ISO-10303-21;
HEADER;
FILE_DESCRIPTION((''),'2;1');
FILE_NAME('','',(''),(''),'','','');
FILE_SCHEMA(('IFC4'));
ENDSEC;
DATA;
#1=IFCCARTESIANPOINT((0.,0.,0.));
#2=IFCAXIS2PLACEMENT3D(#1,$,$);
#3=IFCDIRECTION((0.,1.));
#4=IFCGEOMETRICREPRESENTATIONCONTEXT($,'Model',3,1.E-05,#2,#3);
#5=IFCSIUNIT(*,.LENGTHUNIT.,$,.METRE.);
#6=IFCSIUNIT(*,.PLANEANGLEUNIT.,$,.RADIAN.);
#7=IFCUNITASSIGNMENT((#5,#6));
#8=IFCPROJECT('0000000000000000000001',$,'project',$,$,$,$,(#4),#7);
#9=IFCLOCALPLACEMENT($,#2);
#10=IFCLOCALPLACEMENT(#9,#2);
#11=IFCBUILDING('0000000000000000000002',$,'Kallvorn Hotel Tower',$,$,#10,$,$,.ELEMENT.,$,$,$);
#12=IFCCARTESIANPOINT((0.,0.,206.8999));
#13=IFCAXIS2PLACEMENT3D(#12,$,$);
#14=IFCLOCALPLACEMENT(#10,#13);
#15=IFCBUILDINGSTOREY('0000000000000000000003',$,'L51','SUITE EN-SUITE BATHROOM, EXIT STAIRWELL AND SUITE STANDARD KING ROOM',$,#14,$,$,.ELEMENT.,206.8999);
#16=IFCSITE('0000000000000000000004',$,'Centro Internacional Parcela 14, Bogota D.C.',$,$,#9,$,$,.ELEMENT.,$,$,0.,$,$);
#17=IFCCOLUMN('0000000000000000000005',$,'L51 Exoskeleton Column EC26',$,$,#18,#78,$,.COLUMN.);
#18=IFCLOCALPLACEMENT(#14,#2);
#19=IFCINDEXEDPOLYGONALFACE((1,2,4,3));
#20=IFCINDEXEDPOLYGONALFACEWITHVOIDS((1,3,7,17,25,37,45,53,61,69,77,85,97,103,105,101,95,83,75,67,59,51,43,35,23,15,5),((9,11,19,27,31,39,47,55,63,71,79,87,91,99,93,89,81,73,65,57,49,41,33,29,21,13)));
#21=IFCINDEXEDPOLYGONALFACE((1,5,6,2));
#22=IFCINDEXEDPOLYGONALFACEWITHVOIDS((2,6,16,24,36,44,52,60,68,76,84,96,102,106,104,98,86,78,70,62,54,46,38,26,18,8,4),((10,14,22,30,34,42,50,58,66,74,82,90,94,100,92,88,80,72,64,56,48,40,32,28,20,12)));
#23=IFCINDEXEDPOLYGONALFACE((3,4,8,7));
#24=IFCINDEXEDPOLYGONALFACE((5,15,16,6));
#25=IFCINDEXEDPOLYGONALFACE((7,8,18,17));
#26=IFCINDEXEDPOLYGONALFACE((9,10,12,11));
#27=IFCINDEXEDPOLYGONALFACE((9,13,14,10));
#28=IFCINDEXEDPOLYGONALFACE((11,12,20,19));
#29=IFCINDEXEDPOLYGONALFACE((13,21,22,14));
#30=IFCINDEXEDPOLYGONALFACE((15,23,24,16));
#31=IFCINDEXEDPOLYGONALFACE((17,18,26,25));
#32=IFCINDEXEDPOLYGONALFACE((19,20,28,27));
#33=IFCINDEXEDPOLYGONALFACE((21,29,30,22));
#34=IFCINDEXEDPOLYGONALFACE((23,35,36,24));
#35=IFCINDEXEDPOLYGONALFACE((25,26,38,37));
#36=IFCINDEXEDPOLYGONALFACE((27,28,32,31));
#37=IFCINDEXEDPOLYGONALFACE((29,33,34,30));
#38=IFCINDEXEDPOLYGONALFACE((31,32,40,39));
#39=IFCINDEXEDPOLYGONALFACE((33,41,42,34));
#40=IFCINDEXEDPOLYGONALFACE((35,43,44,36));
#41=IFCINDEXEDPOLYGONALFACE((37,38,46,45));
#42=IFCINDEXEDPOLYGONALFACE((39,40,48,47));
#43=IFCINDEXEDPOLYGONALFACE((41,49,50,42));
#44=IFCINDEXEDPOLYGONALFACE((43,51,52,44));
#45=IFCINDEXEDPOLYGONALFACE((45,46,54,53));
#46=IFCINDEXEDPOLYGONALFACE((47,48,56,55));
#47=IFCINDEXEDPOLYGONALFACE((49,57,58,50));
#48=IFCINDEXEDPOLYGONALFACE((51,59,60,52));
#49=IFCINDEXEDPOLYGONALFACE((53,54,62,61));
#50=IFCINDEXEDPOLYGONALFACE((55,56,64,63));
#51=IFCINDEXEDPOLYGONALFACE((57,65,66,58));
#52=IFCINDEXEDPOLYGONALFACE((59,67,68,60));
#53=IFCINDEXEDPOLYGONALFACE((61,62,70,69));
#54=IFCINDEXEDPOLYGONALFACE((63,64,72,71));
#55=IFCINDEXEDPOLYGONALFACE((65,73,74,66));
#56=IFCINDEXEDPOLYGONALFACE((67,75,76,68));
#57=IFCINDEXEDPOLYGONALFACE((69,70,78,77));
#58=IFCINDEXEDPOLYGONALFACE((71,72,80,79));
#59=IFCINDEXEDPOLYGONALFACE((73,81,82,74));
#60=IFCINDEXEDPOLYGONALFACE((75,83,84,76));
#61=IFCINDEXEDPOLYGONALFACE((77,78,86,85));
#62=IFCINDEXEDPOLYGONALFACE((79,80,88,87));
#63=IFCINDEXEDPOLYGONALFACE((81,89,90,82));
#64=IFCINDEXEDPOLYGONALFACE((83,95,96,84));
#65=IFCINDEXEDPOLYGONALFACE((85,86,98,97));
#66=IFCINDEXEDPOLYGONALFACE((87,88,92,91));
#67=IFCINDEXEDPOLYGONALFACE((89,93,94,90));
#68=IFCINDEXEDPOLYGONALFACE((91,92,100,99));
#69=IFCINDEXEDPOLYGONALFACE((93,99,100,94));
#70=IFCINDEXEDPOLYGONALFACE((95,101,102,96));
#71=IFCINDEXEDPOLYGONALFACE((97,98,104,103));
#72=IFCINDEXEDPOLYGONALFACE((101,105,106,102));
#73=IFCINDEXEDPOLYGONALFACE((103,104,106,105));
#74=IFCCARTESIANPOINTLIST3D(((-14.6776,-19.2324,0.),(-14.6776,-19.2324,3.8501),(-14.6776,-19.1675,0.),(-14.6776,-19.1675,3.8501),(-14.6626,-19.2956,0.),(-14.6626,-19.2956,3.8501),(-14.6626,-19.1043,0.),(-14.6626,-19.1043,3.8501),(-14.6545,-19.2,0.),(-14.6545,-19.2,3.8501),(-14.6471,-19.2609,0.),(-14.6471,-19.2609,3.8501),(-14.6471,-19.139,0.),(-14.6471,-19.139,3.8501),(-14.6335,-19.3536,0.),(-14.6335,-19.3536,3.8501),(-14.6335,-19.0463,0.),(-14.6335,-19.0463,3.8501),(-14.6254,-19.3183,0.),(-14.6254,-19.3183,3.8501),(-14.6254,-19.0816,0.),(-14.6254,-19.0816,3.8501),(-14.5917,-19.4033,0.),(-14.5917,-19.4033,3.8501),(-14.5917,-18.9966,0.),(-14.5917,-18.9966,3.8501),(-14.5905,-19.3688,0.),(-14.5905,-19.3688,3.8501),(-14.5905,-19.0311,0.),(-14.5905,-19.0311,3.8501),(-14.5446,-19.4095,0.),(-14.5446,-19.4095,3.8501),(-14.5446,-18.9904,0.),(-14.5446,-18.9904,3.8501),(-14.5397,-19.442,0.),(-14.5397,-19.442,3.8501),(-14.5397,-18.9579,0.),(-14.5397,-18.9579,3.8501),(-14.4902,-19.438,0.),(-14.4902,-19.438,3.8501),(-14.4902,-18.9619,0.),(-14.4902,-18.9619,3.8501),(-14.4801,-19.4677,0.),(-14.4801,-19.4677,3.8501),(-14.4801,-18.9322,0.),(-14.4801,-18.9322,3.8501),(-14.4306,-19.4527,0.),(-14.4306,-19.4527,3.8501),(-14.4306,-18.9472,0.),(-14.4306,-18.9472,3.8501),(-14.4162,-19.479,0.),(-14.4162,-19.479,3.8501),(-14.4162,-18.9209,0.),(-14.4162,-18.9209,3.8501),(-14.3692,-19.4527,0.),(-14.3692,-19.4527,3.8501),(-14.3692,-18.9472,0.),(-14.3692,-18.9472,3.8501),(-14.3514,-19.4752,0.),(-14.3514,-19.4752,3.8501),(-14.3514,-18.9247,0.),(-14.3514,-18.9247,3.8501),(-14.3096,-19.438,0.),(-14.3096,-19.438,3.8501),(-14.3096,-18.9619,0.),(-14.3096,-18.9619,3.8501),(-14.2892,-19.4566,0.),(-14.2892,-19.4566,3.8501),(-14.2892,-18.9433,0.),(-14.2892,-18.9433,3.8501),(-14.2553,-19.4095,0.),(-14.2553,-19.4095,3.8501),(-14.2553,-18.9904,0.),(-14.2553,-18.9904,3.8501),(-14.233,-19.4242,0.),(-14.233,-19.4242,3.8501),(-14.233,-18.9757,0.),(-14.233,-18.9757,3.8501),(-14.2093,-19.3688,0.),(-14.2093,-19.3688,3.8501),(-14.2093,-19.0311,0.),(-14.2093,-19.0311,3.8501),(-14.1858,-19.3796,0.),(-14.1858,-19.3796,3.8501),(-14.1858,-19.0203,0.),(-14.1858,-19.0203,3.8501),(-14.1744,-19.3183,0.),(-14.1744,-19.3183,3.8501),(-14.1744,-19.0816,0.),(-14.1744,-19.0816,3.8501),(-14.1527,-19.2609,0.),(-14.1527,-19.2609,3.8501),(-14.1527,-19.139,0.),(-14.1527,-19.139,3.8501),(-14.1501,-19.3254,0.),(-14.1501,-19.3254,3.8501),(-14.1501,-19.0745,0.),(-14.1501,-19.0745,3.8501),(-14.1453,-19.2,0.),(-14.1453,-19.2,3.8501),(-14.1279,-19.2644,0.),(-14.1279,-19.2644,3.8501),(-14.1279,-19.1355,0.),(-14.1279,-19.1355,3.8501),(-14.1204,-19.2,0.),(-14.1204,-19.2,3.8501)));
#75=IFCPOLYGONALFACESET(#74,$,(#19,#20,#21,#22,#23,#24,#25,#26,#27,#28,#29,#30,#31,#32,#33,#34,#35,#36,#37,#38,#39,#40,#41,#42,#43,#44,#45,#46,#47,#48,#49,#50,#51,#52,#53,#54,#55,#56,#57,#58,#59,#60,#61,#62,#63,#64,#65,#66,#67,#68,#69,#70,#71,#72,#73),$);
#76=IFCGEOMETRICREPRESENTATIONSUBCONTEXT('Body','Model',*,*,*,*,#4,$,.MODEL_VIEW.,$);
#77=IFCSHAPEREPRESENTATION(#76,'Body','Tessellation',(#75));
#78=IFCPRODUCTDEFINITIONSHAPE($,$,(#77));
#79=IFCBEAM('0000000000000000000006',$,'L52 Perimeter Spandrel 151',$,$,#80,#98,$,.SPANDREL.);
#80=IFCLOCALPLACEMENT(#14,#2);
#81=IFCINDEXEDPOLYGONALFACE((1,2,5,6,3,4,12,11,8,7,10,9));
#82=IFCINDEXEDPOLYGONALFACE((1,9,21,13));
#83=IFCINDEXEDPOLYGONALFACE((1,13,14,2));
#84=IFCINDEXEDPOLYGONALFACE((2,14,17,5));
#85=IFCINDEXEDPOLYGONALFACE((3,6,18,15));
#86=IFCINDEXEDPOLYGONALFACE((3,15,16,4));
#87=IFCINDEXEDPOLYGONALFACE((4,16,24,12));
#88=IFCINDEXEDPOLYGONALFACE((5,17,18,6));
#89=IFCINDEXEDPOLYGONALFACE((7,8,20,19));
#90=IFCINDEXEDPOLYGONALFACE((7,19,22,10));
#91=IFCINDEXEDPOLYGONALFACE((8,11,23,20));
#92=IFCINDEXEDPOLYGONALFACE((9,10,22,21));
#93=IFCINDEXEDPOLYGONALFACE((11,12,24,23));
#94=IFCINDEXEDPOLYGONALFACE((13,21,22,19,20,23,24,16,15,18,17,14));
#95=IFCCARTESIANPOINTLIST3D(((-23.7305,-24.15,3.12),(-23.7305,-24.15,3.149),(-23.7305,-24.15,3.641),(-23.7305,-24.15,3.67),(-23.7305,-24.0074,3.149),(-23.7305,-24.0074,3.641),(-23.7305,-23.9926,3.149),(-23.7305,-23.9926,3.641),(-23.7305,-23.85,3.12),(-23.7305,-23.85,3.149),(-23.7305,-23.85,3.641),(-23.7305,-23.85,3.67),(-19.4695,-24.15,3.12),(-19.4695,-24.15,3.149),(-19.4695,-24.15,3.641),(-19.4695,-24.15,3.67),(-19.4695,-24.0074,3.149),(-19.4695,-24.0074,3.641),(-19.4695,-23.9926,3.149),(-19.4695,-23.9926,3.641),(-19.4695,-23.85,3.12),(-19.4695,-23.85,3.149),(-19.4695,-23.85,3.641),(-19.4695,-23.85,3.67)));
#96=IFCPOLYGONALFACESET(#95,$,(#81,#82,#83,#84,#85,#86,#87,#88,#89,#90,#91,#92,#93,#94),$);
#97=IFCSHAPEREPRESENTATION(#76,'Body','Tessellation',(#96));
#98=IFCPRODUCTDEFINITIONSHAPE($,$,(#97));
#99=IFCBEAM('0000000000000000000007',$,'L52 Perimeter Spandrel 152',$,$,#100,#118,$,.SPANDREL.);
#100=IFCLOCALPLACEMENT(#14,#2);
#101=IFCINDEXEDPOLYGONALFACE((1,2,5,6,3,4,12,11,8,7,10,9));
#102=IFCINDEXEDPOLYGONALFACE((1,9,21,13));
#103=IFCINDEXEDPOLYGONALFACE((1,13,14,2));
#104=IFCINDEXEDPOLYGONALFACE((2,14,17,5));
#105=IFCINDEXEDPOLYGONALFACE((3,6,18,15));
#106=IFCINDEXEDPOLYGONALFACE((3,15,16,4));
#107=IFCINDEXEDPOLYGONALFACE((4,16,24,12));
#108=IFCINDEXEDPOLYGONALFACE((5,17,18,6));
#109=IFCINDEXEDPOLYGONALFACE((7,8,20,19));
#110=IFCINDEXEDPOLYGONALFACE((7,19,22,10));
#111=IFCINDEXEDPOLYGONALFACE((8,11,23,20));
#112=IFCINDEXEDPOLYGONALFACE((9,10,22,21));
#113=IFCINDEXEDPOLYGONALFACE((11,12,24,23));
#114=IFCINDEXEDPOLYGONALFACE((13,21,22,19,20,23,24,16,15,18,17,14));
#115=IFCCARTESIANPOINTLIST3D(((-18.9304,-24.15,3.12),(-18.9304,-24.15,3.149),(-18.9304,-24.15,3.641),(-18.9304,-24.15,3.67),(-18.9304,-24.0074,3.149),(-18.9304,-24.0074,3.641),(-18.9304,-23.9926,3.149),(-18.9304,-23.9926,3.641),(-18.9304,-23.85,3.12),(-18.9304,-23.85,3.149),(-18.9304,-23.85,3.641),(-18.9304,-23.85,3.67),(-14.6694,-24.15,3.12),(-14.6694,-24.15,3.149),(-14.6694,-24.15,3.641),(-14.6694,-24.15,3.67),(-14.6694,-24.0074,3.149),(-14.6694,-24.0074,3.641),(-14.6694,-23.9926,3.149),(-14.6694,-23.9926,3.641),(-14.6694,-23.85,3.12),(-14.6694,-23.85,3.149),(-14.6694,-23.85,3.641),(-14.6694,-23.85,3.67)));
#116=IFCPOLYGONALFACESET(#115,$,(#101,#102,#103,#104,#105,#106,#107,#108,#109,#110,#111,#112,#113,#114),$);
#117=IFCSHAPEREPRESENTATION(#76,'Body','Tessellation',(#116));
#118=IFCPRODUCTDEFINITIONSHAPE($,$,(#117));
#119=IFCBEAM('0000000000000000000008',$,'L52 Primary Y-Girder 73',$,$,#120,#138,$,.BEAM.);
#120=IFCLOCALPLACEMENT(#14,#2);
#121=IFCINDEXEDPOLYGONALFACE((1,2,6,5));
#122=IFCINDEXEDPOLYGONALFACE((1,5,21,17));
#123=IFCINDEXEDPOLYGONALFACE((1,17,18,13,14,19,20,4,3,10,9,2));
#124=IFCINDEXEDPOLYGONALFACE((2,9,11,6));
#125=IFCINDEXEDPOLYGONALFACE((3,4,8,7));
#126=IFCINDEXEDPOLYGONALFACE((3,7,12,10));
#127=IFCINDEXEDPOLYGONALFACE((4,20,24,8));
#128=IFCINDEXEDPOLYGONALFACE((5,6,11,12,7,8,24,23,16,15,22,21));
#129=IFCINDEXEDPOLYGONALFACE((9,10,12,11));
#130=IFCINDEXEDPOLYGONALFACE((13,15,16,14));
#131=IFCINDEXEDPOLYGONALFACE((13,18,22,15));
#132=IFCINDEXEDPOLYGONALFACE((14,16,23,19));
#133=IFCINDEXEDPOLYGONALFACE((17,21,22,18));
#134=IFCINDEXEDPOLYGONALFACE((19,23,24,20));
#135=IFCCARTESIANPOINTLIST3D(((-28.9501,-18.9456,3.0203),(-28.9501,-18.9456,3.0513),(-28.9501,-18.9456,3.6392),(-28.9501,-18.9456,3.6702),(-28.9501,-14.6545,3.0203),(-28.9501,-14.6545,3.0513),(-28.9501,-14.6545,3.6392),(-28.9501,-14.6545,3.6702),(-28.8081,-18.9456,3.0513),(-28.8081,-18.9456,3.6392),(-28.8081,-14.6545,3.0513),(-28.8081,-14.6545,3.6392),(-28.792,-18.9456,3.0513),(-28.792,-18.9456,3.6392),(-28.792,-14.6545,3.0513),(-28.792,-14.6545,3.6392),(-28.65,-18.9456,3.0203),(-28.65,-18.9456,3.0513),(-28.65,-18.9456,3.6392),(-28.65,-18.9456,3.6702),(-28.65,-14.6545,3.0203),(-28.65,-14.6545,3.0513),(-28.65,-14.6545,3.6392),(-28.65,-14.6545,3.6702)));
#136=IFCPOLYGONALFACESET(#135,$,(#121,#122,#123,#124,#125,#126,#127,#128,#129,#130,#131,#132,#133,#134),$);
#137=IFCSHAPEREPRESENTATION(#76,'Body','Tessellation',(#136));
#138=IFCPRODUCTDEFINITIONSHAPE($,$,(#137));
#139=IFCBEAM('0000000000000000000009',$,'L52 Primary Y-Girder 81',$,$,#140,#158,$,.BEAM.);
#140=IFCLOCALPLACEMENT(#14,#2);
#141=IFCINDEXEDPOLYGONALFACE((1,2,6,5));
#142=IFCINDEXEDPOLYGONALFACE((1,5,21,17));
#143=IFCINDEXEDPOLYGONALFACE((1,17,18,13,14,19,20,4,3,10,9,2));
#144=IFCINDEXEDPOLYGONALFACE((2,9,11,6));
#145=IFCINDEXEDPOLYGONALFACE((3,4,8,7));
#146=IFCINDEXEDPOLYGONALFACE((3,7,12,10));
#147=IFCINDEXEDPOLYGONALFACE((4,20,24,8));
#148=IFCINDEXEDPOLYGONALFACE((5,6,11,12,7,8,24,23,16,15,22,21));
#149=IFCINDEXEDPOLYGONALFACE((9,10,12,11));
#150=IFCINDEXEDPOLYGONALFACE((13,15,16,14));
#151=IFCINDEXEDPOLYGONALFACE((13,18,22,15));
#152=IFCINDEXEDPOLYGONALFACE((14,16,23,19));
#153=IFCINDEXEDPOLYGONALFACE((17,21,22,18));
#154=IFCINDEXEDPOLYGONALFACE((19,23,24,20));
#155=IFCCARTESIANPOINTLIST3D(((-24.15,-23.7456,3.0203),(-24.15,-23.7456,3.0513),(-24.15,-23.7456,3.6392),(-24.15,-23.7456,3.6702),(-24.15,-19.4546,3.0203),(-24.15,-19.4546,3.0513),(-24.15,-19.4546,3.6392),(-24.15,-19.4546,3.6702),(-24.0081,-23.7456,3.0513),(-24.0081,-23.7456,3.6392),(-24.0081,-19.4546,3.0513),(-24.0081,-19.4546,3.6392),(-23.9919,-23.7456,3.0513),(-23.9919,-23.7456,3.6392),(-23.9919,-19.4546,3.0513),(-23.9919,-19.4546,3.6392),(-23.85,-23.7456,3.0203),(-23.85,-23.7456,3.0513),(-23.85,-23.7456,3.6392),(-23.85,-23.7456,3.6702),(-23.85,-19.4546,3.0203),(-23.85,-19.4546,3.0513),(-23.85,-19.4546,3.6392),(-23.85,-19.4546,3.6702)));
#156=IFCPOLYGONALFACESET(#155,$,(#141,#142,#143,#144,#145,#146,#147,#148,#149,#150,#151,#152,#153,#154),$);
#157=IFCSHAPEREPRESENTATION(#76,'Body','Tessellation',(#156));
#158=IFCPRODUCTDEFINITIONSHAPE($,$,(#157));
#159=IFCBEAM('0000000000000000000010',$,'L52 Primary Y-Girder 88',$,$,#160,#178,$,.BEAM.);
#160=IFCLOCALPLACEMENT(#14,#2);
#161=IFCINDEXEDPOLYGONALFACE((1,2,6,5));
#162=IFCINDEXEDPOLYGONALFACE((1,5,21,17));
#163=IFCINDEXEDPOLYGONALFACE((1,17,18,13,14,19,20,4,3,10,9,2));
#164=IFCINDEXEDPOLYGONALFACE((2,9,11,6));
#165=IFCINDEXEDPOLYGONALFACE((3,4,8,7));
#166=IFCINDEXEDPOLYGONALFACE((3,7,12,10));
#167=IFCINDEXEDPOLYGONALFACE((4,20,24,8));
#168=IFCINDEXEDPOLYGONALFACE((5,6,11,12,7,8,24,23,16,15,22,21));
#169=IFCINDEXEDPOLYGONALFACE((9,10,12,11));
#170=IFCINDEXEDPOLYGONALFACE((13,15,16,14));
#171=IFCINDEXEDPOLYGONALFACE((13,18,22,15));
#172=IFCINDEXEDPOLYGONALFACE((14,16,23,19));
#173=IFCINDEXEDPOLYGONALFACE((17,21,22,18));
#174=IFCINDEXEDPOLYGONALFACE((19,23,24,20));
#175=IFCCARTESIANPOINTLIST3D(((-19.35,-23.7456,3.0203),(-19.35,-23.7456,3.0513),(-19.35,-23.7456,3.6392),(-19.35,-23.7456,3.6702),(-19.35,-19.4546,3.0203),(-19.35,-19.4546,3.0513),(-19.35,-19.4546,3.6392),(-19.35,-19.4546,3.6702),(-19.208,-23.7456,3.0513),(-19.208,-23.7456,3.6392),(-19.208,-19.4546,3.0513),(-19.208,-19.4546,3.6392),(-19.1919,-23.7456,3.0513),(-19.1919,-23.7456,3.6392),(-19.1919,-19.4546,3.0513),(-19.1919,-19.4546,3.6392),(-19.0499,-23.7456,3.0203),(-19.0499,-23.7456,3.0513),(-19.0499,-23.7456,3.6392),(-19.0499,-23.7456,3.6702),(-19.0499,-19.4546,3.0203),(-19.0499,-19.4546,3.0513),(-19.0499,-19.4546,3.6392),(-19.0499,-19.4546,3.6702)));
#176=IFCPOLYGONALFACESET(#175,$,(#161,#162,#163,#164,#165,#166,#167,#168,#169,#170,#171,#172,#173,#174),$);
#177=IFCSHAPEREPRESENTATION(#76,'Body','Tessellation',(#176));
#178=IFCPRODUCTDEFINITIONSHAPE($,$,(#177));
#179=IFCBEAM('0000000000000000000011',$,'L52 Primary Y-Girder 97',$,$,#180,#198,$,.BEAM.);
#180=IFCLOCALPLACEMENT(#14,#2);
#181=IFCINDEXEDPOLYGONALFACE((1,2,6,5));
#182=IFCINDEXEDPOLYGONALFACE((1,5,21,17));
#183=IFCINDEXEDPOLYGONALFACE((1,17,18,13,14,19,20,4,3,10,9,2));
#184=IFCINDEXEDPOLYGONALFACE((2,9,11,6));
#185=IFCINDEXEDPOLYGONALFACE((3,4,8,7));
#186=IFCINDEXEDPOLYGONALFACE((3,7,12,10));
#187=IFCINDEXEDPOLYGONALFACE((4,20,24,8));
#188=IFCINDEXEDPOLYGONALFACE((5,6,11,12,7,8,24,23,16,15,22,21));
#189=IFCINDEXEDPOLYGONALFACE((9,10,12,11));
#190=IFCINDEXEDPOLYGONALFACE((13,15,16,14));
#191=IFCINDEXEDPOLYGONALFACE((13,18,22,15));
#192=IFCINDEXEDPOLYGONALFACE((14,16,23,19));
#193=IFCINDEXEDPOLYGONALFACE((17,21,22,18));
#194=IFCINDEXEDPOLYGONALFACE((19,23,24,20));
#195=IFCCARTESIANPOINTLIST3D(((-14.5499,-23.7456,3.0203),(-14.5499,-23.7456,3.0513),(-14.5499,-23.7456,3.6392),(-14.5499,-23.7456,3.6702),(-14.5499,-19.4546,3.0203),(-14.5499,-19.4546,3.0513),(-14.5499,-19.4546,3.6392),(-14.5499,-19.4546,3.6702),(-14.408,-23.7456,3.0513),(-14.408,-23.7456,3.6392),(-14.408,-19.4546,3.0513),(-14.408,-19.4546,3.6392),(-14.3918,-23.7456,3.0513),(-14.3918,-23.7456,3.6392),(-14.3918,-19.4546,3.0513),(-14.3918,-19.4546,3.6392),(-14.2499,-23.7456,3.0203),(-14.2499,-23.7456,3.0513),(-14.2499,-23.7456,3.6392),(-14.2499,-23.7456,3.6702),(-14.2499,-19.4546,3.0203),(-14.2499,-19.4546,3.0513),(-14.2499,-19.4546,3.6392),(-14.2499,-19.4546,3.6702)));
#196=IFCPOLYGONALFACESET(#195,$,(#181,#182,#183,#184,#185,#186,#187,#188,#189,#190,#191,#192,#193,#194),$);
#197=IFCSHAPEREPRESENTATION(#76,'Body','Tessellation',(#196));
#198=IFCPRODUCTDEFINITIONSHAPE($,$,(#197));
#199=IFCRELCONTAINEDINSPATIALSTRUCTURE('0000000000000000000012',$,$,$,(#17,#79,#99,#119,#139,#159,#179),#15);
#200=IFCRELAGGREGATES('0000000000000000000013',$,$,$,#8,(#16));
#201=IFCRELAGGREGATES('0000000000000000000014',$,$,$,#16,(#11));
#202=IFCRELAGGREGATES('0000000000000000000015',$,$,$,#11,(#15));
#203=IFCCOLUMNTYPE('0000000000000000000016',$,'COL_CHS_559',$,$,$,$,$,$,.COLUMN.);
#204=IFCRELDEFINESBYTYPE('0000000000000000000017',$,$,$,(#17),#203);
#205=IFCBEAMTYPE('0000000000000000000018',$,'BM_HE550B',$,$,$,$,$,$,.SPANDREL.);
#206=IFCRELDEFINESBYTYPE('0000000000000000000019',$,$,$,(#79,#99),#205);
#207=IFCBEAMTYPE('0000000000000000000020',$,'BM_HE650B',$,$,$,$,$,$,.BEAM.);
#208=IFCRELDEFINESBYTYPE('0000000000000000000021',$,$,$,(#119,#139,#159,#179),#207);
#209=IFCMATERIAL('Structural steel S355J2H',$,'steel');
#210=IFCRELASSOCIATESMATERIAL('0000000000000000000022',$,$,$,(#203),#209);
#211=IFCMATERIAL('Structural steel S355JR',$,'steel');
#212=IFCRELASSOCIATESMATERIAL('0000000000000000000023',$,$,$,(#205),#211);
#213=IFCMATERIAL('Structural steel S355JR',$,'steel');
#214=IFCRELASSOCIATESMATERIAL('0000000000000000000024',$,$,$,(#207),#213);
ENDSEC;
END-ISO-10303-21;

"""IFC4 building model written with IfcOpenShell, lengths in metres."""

from ifc_helpers import new_model, si_unit, direction, frame, origin, origin_2d, place, context, subcontext, project, spatial, hollow_circle, i_section, extrude, material, material_profile, profile_set, type_object, element, save


model = new_model("IFC4")

# Units and contexts
model_context = context("Model", 3, precision=1e-05, world=origin(), true_north=direction((0.0, 1.0)))
body_context = subcontext(model_context, "Body", "Model", "MODEL_VIEW")
ifc_project = project(units=[si_unit("LENGTHUNIT", "METRE"), si_unit("PLANEANGLEUNIT", "RADIAN")], contexts=[model_context])

# Site, building, storey
site_placement = place(None, origin())
site = spatial("IfcSite", under=ifc_project, at=site_placement, Name="Centro Internacional Parcela 14, Bogota D.C.", CompositionType="ELEMENT", RefElevation=0.0)
building_placement = place(site_placement, origin())
building = spatial("IfcBuilding", under=site, at=building_placement, Name="Kallvorn Hotel Tower", CompositionType="ELEMENT")
storey_placement = place(building_placement, frame((0.0, 0.0, 206.8999)))
storey = spatial("IfcBuildingStorey", under=building, at=storey_placement, Name="L51", Description="SUITE EN-SUITE BATHROOM, EXIT STAIRWELL AND SUITE STANDARD KING ROOM", CompositionType="ELEMENT", Elevation=206.8999)

# Column
ifc_material_1 = material(Name="Structural steel S355J2H", Category="steel")
ifc_material_profile_1 = material_profile(ifc_material_1, hollow_circle(Radius=0.2795, WallThickness=0.0249, at=origin_2d()), Name="CHS 559x25")
ifc_profile_set_1 = profile_set([ifc_material_profile_1], Name="Structural steel S355J2H")
column_type = type_object("IfcColumnType", Name="COL_CHS_559", PredefinedType="COLUMN", material=ifc_profile_set_1)
for number, where, z_axis, x_axis, name in (
    (1, (-14.3999, -19.2, 0.0), (0.0, 0.0, 1.0), (1.0, 0.0, 0.0), "L51 Exoskeleton Column EC26"),
):
    element("IfcColumn", number, at=place(storey_placement, frame(where, z_axis=z_axis, x_axis=x_axis)), inside=storey, type_object=column_type, Name=name, PredefinedType="COLUMN", context=body_context, shape_type="SweptSolid", body=[
        extrude(hollow_circle(Radius=0.2795, WallThickness=0.0249, at=origin_2d()), origin(), (0.0, 0.0, 1.0), 3.8501),
    ])

# Beams
ifc_material_2 = material(Name="Structural steel S355JR", Category="steel")
ifc_material_profile_2 = material_profile(ifc_material_2, i_section(OverallWidth=0.3, OverallDepth=0.55, WebThickness=0.0149, FlangeThickness=0.0291, at=origin_2d()), Name="HE 550 B")
ifc_profile_set_2 = profile_set([ifc_material_profile_2], Name="Structural steel S355JR")
beam_type_1 = type_object("IfcBeamType", Name="BM_HE550B", PredefinedType="SPANDREL", material=ifc_profile_set_2)
for number, where, z_axis, x_axis, name in (
    (2, (-23.7305, -24.0, 3.395), (1.0, 0.0, 0.0), (0.0, 1.0, 0.0), "L52 Perimeter Spandrel 151"),
    (3, (-18.9304, -24.0, 3.395), (1.0, 0.0, 0.0), (0.0, 1.0, 0.0), "L52 Perimeter Spandrel 152"),
):
    element("IfcBeam", number, at=place(storey_placement, frame(where, z_axis=z_axis, x_axis=x_axis)), inside=storey, type_object=beam_type_1, Name=name, PredefinedType="SPANDREL", context=body_context, shape_type="SweptSolid", body=[
        extrude(i_section(OverallWidth=0.3, OverallDepth=0.55, WebThickness=0.0149, FlangeThickness=0.0291, at=origin_2d()), origin(), (0.0, 0.0, 1.0), 4.261),
    ])
ifc_material_3 = material(Name="Structural steel S355JR", Category="steel")
ifc_material_profile_3 = material_profile(ifc_material_3, i_section(OverallWidth=0.3, OverallDepth=0.6499, WebThickness=0.0161, FlangeThickness=0.031, at=origin_2d()), Name="HE 650 B")
ifc_profile_set_3 = profile_set([ifc_material_profile_3], Name="Structural steel S355JR")
beam_type_2 = type_object("IfcBeamType", Name="BM_HE650B", PredefinedType="BEAM", material=ifc_profile_set_3)
for number, where, z_axis, x_axis, name in (
    (4, (-28.8, -18.9456, 3.3452), (0.0, 1.0, 0.0), (-1.0, 0.0, 0.0), "L52 Primary Y-Girder 73"),
    (5, (-24.0, -23.7456, 3.3452), (0.0, 1.0, 0.0), (-1.0, 0.0, 0.0), "L52 Primary Y-Girder 81"),
    (6, (-19.2, -23.7456, 3.3452), (0.0, 1.0, 0.0), (-1.0, 0.0, 0.0), "L52 Primary Y-Girder 88"),
    (7, (-14.3999, -23.7456, 3.3452), (0.0, 1.0, 0.0), (-1.0, 0.0, 0.0), "L52 Primary Y-Girder 97"),
):
    element("IfcBeam", number, at=place(storey_placement, frame(where, z_axis=z_axis, x_axis=x_axis)), inside=storey, type_object=beam_type_2, Name=name, PredefinedType="BEAM", context=body_context, shape_type="SweptSolid", body=[
        extrude(i_section(OverallWidth=0.3, OverallDepth=0.6499, WebThickness=0.0161, FlangeThickness=0.031, at=origin_2d()), origin(), (0.0, 0.0, 1.0), 4.291),
    ])

save(model, "model.ifc")
